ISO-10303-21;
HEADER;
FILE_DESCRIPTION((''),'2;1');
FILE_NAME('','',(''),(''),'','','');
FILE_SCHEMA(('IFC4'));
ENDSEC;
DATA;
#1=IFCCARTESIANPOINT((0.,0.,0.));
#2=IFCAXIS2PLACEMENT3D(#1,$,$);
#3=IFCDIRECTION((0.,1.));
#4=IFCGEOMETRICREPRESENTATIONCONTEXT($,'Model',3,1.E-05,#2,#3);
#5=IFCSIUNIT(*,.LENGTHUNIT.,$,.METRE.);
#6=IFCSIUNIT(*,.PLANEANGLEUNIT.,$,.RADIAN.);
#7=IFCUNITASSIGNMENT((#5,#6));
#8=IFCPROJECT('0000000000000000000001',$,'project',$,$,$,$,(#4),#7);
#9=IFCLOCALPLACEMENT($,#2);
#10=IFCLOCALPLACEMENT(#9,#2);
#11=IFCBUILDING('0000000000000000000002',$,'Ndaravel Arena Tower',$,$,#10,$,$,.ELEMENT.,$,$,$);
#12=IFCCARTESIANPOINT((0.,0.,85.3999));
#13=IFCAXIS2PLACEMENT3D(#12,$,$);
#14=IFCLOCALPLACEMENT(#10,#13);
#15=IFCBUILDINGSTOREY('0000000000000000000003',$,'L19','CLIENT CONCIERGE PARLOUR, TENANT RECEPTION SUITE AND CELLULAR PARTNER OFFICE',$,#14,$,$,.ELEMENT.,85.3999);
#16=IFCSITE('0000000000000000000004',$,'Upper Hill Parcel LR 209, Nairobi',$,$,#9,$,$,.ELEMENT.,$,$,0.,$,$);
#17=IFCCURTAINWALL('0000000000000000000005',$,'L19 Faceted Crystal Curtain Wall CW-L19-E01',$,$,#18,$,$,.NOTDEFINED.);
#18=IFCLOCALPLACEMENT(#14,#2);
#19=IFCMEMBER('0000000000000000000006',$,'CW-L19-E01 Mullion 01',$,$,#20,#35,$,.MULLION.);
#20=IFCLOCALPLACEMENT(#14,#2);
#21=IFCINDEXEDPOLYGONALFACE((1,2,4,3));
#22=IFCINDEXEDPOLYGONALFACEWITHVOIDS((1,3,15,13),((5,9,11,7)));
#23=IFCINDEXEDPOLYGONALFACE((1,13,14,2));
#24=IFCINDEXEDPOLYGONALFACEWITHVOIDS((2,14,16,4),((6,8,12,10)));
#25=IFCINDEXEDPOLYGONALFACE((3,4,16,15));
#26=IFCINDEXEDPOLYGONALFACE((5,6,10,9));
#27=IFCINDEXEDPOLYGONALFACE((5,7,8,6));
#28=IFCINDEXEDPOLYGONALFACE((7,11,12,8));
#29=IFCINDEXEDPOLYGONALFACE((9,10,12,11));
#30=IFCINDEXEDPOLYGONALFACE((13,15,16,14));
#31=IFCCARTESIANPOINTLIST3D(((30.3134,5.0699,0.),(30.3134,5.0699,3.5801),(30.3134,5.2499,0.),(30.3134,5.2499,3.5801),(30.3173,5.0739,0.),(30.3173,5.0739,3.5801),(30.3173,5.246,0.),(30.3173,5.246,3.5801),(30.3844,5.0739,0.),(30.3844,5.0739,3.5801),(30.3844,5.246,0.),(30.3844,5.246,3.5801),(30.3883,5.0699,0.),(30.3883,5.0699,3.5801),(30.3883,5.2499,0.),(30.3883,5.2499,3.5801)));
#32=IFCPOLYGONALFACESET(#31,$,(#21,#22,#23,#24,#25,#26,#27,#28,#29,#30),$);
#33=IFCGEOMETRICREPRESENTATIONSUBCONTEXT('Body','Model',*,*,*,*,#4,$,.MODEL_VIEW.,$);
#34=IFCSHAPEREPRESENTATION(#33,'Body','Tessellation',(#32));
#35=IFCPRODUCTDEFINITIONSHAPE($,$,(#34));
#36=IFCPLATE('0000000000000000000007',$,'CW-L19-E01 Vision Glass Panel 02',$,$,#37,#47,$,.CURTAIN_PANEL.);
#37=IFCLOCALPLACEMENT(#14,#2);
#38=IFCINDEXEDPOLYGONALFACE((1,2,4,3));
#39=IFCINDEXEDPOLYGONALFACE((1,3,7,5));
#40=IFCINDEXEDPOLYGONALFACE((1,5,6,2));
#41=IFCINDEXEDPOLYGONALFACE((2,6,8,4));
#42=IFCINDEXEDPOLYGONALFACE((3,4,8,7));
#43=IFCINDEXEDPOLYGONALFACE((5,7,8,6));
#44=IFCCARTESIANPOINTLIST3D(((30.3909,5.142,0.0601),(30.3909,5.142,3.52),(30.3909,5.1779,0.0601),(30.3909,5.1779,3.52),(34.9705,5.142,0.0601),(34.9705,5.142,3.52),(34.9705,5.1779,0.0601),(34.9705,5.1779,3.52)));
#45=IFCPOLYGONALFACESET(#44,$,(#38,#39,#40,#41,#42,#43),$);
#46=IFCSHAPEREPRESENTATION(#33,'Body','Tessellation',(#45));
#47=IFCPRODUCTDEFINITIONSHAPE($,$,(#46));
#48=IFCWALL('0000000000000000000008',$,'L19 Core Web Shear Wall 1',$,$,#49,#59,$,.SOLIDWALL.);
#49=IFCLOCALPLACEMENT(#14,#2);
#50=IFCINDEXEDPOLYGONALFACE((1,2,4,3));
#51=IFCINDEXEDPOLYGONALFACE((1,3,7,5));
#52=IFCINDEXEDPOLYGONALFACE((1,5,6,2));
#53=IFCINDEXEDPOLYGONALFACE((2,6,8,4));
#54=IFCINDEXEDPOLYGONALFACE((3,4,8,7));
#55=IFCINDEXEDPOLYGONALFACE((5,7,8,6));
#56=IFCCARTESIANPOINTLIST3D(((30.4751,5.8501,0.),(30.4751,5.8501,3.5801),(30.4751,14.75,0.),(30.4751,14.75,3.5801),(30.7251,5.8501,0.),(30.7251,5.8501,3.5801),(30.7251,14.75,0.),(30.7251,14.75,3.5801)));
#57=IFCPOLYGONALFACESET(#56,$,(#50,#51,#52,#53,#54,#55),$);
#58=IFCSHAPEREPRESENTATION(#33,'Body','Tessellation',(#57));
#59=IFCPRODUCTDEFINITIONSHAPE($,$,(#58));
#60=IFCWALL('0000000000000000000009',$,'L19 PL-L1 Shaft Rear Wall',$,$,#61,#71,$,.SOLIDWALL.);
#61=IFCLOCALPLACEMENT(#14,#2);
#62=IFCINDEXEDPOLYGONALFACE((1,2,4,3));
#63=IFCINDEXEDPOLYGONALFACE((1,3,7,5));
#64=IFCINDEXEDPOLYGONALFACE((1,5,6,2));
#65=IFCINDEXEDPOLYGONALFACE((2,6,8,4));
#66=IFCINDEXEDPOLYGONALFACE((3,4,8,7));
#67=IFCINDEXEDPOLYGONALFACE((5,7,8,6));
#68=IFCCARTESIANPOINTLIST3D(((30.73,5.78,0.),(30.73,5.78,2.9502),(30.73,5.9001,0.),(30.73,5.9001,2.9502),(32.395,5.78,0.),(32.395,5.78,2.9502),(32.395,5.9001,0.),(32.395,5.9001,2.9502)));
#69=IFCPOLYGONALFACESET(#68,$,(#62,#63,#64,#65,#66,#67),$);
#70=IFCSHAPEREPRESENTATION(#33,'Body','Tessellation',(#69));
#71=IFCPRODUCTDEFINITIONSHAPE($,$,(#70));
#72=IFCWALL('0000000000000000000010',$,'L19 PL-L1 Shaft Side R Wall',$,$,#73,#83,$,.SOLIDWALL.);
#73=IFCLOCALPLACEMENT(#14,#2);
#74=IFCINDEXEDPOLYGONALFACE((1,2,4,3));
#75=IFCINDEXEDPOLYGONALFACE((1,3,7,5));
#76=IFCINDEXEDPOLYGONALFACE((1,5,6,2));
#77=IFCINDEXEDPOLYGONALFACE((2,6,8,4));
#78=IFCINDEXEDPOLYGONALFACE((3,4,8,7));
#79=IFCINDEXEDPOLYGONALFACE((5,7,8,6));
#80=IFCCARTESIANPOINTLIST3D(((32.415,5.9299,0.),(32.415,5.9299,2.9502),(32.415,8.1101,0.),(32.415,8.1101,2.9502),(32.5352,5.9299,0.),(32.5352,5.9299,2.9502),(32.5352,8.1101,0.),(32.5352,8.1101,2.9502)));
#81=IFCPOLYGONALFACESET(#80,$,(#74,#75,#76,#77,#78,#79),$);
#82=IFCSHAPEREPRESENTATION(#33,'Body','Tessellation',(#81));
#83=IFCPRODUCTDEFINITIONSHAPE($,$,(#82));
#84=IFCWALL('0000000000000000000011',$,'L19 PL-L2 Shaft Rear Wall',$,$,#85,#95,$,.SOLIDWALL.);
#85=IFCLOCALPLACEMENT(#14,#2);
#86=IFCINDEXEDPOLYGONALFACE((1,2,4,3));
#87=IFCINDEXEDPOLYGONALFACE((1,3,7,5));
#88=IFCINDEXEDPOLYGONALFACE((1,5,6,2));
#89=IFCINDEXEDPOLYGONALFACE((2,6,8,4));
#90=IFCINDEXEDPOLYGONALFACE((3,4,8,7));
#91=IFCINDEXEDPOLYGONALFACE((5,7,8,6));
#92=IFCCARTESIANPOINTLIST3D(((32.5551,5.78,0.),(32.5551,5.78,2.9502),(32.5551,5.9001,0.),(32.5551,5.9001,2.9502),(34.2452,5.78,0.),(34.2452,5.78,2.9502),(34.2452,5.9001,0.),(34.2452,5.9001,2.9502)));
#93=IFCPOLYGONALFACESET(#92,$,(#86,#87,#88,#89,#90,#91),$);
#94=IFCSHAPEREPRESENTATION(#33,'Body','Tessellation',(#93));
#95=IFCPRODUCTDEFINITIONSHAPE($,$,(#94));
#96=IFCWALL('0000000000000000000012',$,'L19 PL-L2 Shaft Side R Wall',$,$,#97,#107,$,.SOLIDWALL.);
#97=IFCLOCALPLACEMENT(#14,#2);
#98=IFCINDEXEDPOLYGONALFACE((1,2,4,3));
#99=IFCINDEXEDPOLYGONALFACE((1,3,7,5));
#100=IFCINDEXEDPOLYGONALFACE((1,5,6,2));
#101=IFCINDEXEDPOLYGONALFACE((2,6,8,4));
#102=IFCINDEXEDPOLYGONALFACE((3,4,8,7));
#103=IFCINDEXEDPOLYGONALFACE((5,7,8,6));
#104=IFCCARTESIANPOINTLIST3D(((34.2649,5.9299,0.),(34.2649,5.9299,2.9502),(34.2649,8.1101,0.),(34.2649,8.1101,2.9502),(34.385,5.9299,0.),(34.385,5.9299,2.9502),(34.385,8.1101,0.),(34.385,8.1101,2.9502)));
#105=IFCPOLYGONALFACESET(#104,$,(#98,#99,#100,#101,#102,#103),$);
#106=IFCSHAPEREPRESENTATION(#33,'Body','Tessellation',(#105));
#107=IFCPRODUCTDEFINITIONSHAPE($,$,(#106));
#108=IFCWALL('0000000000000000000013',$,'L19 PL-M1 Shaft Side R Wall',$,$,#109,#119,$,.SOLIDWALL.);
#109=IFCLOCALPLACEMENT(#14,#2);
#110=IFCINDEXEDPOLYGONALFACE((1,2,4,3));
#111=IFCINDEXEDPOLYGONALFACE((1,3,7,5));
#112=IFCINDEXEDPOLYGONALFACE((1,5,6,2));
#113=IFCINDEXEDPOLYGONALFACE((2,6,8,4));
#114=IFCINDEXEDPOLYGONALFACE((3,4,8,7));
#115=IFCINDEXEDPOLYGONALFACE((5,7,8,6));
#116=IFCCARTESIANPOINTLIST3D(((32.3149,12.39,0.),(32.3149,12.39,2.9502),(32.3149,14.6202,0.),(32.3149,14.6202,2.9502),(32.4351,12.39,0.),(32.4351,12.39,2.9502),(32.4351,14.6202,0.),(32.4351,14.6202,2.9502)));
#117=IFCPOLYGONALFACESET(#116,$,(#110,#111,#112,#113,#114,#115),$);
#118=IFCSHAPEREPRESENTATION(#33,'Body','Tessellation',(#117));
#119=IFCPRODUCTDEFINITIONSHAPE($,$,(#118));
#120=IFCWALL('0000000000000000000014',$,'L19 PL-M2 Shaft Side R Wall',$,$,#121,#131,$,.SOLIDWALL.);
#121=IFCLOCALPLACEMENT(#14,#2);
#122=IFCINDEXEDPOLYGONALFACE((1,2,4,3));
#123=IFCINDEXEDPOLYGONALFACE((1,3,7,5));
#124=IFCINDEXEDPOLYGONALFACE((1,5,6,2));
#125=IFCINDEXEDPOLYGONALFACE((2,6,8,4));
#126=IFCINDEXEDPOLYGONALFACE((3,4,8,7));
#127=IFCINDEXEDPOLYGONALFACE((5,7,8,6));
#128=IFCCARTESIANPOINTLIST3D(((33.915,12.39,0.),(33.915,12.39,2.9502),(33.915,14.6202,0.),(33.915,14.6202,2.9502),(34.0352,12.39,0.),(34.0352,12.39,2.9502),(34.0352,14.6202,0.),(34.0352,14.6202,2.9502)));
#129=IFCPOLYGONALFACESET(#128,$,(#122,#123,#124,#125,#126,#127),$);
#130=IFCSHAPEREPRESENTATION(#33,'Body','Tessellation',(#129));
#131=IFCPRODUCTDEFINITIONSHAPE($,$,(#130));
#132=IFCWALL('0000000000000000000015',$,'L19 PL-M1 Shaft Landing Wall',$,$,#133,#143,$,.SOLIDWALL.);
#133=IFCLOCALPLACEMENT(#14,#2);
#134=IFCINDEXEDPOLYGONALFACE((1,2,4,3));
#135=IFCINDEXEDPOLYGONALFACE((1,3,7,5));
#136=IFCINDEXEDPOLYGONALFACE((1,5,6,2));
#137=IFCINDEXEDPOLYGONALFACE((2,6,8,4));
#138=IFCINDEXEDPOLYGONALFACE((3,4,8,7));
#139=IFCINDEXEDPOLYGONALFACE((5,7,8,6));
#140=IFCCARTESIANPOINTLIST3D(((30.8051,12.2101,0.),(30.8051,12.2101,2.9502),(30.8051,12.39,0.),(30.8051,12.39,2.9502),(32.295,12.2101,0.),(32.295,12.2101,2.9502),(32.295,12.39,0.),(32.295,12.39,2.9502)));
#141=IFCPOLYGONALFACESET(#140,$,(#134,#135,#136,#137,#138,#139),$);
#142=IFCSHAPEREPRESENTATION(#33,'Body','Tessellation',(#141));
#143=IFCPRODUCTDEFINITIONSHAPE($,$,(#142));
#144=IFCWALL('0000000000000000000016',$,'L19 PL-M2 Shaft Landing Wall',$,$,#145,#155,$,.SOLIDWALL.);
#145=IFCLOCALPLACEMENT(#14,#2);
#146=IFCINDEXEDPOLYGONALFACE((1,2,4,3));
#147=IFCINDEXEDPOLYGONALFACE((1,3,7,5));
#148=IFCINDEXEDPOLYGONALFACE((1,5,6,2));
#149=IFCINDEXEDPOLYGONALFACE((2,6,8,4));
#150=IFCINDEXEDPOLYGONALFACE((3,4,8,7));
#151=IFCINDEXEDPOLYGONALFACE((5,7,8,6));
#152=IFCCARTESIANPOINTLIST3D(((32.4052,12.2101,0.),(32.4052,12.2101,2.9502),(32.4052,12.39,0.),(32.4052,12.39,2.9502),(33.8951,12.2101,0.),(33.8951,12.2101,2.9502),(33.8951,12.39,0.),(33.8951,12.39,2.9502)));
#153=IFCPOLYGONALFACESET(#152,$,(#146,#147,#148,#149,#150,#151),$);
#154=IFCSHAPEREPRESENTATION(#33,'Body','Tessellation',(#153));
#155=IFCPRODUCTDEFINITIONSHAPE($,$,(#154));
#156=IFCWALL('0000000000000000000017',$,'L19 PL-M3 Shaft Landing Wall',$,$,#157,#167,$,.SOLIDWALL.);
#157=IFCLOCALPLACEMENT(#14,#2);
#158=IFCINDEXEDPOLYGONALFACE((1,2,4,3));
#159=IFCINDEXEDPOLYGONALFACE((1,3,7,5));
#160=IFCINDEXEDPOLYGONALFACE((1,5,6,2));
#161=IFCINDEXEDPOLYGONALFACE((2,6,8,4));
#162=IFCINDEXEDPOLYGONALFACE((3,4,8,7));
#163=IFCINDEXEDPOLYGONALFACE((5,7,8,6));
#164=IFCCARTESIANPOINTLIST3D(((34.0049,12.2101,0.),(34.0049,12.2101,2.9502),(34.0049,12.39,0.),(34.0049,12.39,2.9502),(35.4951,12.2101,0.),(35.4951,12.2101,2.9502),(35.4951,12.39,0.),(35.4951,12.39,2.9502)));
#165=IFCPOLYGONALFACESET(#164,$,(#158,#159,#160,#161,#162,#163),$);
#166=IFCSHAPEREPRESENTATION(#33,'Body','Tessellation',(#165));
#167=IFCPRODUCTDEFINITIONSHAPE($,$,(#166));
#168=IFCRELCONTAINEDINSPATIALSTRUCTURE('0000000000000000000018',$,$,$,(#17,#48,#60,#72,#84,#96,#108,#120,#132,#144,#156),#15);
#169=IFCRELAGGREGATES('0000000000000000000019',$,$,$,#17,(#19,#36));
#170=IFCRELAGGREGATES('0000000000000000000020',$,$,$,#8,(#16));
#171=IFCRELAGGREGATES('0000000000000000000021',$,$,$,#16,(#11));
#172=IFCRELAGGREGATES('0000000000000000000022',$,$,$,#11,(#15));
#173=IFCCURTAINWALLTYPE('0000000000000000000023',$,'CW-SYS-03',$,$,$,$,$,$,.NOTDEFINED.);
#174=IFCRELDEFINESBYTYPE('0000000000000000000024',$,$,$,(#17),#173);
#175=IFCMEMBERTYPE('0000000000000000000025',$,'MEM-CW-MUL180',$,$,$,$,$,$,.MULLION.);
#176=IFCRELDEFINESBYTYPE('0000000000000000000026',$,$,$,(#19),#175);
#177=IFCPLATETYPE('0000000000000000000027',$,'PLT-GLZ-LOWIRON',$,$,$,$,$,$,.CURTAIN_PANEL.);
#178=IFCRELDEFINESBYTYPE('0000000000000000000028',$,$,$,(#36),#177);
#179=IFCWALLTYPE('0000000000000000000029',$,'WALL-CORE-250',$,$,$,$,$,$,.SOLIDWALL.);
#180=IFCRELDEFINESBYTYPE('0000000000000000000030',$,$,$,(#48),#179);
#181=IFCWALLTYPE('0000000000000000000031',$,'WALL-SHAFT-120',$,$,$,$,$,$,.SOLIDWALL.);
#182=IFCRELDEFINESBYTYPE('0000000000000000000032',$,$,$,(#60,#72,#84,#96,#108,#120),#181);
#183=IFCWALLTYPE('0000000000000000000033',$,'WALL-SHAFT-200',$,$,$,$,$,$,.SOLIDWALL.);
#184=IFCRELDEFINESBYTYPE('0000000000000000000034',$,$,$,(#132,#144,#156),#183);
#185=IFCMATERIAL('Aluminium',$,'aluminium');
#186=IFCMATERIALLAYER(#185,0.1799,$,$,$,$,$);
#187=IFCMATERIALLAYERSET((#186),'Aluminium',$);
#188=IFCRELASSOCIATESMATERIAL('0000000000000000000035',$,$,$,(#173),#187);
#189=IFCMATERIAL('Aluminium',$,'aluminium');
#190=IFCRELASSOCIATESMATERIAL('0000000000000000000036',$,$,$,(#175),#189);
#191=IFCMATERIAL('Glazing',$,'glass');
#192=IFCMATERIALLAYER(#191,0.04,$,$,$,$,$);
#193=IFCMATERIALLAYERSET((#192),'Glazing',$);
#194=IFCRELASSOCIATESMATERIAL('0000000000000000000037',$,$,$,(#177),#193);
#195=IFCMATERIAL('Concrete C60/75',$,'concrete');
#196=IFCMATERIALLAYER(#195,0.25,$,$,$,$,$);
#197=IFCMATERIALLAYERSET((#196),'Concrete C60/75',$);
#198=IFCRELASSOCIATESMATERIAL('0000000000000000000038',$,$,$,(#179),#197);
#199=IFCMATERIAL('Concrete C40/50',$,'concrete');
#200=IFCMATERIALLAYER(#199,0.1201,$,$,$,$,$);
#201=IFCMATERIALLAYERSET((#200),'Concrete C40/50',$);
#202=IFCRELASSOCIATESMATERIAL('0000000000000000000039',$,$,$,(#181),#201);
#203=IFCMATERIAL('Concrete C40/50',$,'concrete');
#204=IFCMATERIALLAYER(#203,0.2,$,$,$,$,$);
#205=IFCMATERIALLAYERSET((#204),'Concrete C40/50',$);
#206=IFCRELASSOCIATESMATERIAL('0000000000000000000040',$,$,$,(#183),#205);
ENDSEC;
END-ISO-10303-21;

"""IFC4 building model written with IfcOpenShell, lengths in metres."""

from ifc_helpers import new_model, si_unit, direction, frame, frame_2d, origin, origin_2d, place, context, subcontext, project, spatial, rectangle, hollow_rectangle, extrude, material, layer, layer_set, material_profile, profile_set, type_object, element, aggregate, save


model = new_model("IFC4")

# Units and contexts
model_context = context("Model", 3, precision=1e-05, world=origin(), true_north=direction((0.0, 1.0)))
body_context = subcontext(model_context, "Body", "Model", "MODEL_VIEW")
ifc_project = project(units=[si_unit("LENGTHUNIT", "METRE"), si_unit("PLANEANGLEUNIT", "RADIAN")], contexts=[model_context])

# Site, building, storey
site_placement = place(None, origin())
site = spatial("IfcSite", under=ifc_project, at=site_placement, Name="Upper Hill Parcel LR 209, Nairobi", CompositionType="ELEMENT", RefElevation=0.0)
building_placement = place(site_placement, origin())
building = spatial("IfcBuilding", under=site, at=building_placement, Name="Ndaravel Arena Tower", CompositionType="ELEMENT")
storey_placement = place(building_placement, frame((0.0, 0.0, 85.3999)))
storey = spatial("IfcBuildingStorey", under=building, at=storey_placement, Name="L19", Description="CLIENT CONCIERGE PARLOUR, TENANT RECEPTION SUITE AND CELLULAR PARTNER OFFICE", CompositionType="ELEMENT", Elevation=85.3999)

# Curtain wall, member, plate
ifc_material_1 = material(Name="Aluminium", Category="aluminium")
ifc_layer_1 = layer(ifc_material_1, 0.1799)
ifc_layer_set_1 = layer_set([ifc_layer_1], Name="Aluminium")
curtain_wall_type = type_object("IfcCurtainWallType", Name="CW-SYS-03", PredefinedType="NOTDEFINED", material=ifc_layer_set_1)
curtain_wall_placement = place(storey_placement, origin())
curtain_wall = element("IfcCurtainWall", 1, at=curtain_wall_placement, inside=storey, type_object=curtain_wall_type, Name="L19 Faceted Crystal Curtain Wall CW-L19-E01", PredefinedType="NOTDEFINED")
ifc_material_2 = material(Name="Aluminium", Category="aluminium")
ifc_material_profile = material_profile(ifc_material_2, hollow_rectangle(XDim=0.075, YDim=0.1799, WallThickness=0.0039, at=origin_2d()), Name="CW MULLION 75x180x4")
ifc_profile_set = profile_set([ifc_material_profile], Name="Aluminium")
member_type = type_object("IfcMemberType", Name="MEM-CW-MUL180", PredefinedType="MULLION", material=ifc_profile_set)
member_placement = place(storey_placement, frame((30.3508, 5.1599, 0.0), z_axis=(0.0, 0.0, 1.0), x_axis=(1.0, 0.0, 0.0)))
member = element("IfcMember", 2, at=member_placement, type_object=member_type, Name="CW-L19-E01 Mullion 01", PredefinedType="MULLION", context=body_context, shape_type="SweptSolid", body=[
    extrude(hollow_rectangle(XDim=0.075, YDim=0.1799, WallThickness=0.0039, at=origin_2d()), origin(), (0.0, 0.0, 1.0), 3.5801),
])
ifc_material_3 = material(Name="Glazing", Category="glass")
ifc_layer_2 = layer(ifc_material_3, 0.04)
ifc_layer_set_2 = layer_set([ifc_layer_2], Name="Glazing")
plate_type = type_object("IfcPlateType", Name="PLT-GLZ-LOWIRON", PredefinedType="CURTAIN_PANEL", material=ifc_layer_set_2)
plate_placement = place(storey_placement, frame((32.6807, 5.1599, 0.0601), z_axis=(0.0, 0.0, 1.0), x_axis=(1.0, 0.0, 0.0)))
plate = element("IfcPlate", 3, at=plate_placement, type_object=plate_type, Name="CW-L19-E01 Vision Glass Panel 02", PredefinedType="CURTAIN_PANEL", context=body_context, shape_type="SweptSolid", body=[
    extrude(rectangle(XDim=4.5796, YDim=0.0359, at=origin_2d()), origin(), (0.0, 0.0, 1.0), 3.46),
])
aggregate(curtain_wall, [member, plate])

# Walls
ifc_material_4 = material(Name="Concrete C60/75", Category="concrete")
ifc_layer_3 = layer(ifc_material_4, 0.25)
ifc_layer_set_3 = layer_set([ifc_layer_3], Name="Concrete C60/75")
wall_type_1 = type_object("IfcWallType", Name="WALL-CORE-250", PredefinedType="SOLIDWALL", material=ifc_layer_set_3)
wall_1_placement = place(storey_placement, frame((30.6001, 5.8501, 0.0), z_axis=(0.0, 0.0, 1.0), x_axis=(0.0, 1.0, 0.0)))
element("IfcWall", 4, at=wall_1_placement, inside=storey, type_object=wall_type_1, Name="L19 Core Web Shear Wall 1", PredefinedType="SOLIDWALL", context=body_context, shape_type="SweptSolid", body=[
    extrude(rectangle(XDim=8.8999, YDim=0.25, at=frame_2d((4.45, 0.0))), origin(), (0.0, 0.0, 1.0), 3.5801),
])
ifc_material_5 = material(Name="Concrete C40/50", Category="concrete")
ifc_layer_4 = layer(ifc_material_5, 0.1201)
ifc_layer_set_4 = layer_set([ifc_layer_4], Name="Concrete C40/50")
wall_type_2 = type_object("IfcWallType", Name="WALL-SHAFT-120", PredefinedType="SOLIDWALL", material=ifc_layer_set_4)
wall_2_placement = place(storey_placement, frame((30.73, 5.8401, 0.0), z_axis=(0.0, 0.0, 1.0), x_axis=(1.0, 0.0, 0.0)))
element("IfcWall", 5, at=wall_2_placement, inside=storey, type_object=wall_type_2, Name="L19 PL-L1 Shaft Rear Wall", PredefinedType="SOLIDWALL", context=body_context, shape_type="SweptSolid", body=[
    extrude(rectangle(XDim=1.665, YDim=0.1201, at=frame_2d((0.8325, 0.0))), origin(), (0.0, 0.0, 1.0), 2.9502),
])
wall_3_placement = place(storey_placement, frame((32.4751, 5.9299, 0.0), z_axis=(0.0, 0.0, 1.0), x_axis=(0.0, 1.0, 0.0)))
element("IfcWall", 6, at=wall_3_placement, inside=storey, type_object=wall_type_2, Name="L19 PL-L1 Shaft Side R Wall", PredefinedType="SOLIDWALL", context=body_context, shape_type="SweptSolid", body=[
    extrude(rectangle(XDim=2.1802, YDim=0.1201, at=frame_2d((1.0901, 0.0))), origin(), (0.0, 0.0, 1.0), 2.9502),
])
wall_4_placement = place(storey_placement, frame((32.5549, 5.8401, 0.0), z_axis=(0.0, 0.0, 1.0), x_axis=(1.0, 0.0, 0.0)))
element("IfcWall", 7, at=wall_4_placement, inside=storey, type_object=wall_type_2, Name="L19 PL-L2 Shaft Rear Wall", PredefinedType="SOLIDWALL", context=body_context, shape_type="SweptSolid", body=[
    extrude(rectangle(XDim=1.6902, YDim=0.1201, at=frame_2d((0.8452, 0.0))), origin(), (0.0, 0.0, 1.0), 2.9502),
])
wall_5_placement = place(storey_placement, frame((34.325, 5.9299, 0.0), z_axis=(0.0, 0.0, 1.0), x_axis=(0.0, 1.0, 0.0)))
element("IfcWall", 8, at=wall_5_placement, inside=storey, type_object=wall_type_2, Name="L19 PL-L2 Shaft Side R Wall", PredefinedType="SOLIDWALL", context=body_context, shape_type="SweptSolid", body=[
    extrude(rectangle(XDim=2.1802, YDim=0.1201, at=frame_2d((1.0901, 0.0))), origin(), (0.0, 0.0, 1.0), 2.9502),
])
for number, where, z_axis, x_axis, name in (
    (9, (32.375, 12.3899, 0.0), (0.0, 0.0, 1.0), (0.0, 1.0, 0.0), "L19 PL-M1 Shaft Side R Wall"),
    (10, (33.9751, 12.3899, 0.0), (0.0, 0.0, 1.0), (0.0, 1.0, 0.0), "L19 PL-M2 Shaft Side R Wall"),
):
    element("IfcWall", number, at=place(storey_placement, frame(where, z_axis=z_axis, x_axis=x_axis)), inside=storey, type_object=wall_type_2, Name=name, PredefinedType="SOLIDWALL", context=body_context, shape_type="SweptSolid", body=[
        extrude(rectangle(XDim=2.2302, YDim=0.1201, at=frame_2d((1.1152, 0.0))), origin(), (0.0, 0.0, 1.0), 2.9502),
    ])

# Shared definitions
ifc_material_6 = material(Name="Concrete C40/50", Category="concrete")
ifc_layer_5 = layer(ifc_material_6, 0.2)
ifc_layer_set_5 = layer_set([ifc_layer_5], Name="Concrete C40/50")
wall_type_3 = type_object("IfcWallType", Name="WALL-SHAFT-200", PredefinedType="SOLIDWALL", material=ifc_layer_set_5)

# Walls
for number, where, z_axis, x_axis, name in (
    (11, (30.8049, 12.3, 0.0), (0.0, 0.0, 1.0), (1.0, 0.0, 0.0), "L19 PL-M1 Shaft Landing Wall"),
    (12, (32.405, 12.3, 0.0), (0.0, 0.0, 1.0), (1.0, 0.0, 0.0), "L19 PL-M2 Shaft Landing Wall"),
):
    element("IfcWall", number, at=place(storey_placement, frame(where, z_axis=z_axis, x_axis=x_axis)), inside=storey, type_object=wall_type_3, Name=name, PredefinedType="SOLIDWALL", context=body_context, shape_type="SweptSolid", body=[
        extrude(rectangle(XDim=1.49, YDim=0.1799, at=frame_2d((0.7451, 0.0))), origin(), (0.0, 0.0, 1.0), 2.9502),
    ])
wall_6_placement = place(storey_placement, frame((34.0049, 12.3, 0.0), z_axis=(0.0, 0.0, 1.0), x_axis=(1.0, 0.0, 0.0)))
element("IfcWall", 13, at=wall_6_placement, inside=storey, type_object=wall_type_3, Name="L19 PL-M3 Shaft Landing Wall", PredefinedType="SOLIDWALL", context=body_context, shape_type="SweptSolid", body=[
    extrude(rectangle(XDim=1.4902, YDim=0.1799, at=frame_2d((0.7451, 0.0))), origin(), (0.0, 0.0, 1.0), 2.9502),
])

save(model, "model.ifc")
